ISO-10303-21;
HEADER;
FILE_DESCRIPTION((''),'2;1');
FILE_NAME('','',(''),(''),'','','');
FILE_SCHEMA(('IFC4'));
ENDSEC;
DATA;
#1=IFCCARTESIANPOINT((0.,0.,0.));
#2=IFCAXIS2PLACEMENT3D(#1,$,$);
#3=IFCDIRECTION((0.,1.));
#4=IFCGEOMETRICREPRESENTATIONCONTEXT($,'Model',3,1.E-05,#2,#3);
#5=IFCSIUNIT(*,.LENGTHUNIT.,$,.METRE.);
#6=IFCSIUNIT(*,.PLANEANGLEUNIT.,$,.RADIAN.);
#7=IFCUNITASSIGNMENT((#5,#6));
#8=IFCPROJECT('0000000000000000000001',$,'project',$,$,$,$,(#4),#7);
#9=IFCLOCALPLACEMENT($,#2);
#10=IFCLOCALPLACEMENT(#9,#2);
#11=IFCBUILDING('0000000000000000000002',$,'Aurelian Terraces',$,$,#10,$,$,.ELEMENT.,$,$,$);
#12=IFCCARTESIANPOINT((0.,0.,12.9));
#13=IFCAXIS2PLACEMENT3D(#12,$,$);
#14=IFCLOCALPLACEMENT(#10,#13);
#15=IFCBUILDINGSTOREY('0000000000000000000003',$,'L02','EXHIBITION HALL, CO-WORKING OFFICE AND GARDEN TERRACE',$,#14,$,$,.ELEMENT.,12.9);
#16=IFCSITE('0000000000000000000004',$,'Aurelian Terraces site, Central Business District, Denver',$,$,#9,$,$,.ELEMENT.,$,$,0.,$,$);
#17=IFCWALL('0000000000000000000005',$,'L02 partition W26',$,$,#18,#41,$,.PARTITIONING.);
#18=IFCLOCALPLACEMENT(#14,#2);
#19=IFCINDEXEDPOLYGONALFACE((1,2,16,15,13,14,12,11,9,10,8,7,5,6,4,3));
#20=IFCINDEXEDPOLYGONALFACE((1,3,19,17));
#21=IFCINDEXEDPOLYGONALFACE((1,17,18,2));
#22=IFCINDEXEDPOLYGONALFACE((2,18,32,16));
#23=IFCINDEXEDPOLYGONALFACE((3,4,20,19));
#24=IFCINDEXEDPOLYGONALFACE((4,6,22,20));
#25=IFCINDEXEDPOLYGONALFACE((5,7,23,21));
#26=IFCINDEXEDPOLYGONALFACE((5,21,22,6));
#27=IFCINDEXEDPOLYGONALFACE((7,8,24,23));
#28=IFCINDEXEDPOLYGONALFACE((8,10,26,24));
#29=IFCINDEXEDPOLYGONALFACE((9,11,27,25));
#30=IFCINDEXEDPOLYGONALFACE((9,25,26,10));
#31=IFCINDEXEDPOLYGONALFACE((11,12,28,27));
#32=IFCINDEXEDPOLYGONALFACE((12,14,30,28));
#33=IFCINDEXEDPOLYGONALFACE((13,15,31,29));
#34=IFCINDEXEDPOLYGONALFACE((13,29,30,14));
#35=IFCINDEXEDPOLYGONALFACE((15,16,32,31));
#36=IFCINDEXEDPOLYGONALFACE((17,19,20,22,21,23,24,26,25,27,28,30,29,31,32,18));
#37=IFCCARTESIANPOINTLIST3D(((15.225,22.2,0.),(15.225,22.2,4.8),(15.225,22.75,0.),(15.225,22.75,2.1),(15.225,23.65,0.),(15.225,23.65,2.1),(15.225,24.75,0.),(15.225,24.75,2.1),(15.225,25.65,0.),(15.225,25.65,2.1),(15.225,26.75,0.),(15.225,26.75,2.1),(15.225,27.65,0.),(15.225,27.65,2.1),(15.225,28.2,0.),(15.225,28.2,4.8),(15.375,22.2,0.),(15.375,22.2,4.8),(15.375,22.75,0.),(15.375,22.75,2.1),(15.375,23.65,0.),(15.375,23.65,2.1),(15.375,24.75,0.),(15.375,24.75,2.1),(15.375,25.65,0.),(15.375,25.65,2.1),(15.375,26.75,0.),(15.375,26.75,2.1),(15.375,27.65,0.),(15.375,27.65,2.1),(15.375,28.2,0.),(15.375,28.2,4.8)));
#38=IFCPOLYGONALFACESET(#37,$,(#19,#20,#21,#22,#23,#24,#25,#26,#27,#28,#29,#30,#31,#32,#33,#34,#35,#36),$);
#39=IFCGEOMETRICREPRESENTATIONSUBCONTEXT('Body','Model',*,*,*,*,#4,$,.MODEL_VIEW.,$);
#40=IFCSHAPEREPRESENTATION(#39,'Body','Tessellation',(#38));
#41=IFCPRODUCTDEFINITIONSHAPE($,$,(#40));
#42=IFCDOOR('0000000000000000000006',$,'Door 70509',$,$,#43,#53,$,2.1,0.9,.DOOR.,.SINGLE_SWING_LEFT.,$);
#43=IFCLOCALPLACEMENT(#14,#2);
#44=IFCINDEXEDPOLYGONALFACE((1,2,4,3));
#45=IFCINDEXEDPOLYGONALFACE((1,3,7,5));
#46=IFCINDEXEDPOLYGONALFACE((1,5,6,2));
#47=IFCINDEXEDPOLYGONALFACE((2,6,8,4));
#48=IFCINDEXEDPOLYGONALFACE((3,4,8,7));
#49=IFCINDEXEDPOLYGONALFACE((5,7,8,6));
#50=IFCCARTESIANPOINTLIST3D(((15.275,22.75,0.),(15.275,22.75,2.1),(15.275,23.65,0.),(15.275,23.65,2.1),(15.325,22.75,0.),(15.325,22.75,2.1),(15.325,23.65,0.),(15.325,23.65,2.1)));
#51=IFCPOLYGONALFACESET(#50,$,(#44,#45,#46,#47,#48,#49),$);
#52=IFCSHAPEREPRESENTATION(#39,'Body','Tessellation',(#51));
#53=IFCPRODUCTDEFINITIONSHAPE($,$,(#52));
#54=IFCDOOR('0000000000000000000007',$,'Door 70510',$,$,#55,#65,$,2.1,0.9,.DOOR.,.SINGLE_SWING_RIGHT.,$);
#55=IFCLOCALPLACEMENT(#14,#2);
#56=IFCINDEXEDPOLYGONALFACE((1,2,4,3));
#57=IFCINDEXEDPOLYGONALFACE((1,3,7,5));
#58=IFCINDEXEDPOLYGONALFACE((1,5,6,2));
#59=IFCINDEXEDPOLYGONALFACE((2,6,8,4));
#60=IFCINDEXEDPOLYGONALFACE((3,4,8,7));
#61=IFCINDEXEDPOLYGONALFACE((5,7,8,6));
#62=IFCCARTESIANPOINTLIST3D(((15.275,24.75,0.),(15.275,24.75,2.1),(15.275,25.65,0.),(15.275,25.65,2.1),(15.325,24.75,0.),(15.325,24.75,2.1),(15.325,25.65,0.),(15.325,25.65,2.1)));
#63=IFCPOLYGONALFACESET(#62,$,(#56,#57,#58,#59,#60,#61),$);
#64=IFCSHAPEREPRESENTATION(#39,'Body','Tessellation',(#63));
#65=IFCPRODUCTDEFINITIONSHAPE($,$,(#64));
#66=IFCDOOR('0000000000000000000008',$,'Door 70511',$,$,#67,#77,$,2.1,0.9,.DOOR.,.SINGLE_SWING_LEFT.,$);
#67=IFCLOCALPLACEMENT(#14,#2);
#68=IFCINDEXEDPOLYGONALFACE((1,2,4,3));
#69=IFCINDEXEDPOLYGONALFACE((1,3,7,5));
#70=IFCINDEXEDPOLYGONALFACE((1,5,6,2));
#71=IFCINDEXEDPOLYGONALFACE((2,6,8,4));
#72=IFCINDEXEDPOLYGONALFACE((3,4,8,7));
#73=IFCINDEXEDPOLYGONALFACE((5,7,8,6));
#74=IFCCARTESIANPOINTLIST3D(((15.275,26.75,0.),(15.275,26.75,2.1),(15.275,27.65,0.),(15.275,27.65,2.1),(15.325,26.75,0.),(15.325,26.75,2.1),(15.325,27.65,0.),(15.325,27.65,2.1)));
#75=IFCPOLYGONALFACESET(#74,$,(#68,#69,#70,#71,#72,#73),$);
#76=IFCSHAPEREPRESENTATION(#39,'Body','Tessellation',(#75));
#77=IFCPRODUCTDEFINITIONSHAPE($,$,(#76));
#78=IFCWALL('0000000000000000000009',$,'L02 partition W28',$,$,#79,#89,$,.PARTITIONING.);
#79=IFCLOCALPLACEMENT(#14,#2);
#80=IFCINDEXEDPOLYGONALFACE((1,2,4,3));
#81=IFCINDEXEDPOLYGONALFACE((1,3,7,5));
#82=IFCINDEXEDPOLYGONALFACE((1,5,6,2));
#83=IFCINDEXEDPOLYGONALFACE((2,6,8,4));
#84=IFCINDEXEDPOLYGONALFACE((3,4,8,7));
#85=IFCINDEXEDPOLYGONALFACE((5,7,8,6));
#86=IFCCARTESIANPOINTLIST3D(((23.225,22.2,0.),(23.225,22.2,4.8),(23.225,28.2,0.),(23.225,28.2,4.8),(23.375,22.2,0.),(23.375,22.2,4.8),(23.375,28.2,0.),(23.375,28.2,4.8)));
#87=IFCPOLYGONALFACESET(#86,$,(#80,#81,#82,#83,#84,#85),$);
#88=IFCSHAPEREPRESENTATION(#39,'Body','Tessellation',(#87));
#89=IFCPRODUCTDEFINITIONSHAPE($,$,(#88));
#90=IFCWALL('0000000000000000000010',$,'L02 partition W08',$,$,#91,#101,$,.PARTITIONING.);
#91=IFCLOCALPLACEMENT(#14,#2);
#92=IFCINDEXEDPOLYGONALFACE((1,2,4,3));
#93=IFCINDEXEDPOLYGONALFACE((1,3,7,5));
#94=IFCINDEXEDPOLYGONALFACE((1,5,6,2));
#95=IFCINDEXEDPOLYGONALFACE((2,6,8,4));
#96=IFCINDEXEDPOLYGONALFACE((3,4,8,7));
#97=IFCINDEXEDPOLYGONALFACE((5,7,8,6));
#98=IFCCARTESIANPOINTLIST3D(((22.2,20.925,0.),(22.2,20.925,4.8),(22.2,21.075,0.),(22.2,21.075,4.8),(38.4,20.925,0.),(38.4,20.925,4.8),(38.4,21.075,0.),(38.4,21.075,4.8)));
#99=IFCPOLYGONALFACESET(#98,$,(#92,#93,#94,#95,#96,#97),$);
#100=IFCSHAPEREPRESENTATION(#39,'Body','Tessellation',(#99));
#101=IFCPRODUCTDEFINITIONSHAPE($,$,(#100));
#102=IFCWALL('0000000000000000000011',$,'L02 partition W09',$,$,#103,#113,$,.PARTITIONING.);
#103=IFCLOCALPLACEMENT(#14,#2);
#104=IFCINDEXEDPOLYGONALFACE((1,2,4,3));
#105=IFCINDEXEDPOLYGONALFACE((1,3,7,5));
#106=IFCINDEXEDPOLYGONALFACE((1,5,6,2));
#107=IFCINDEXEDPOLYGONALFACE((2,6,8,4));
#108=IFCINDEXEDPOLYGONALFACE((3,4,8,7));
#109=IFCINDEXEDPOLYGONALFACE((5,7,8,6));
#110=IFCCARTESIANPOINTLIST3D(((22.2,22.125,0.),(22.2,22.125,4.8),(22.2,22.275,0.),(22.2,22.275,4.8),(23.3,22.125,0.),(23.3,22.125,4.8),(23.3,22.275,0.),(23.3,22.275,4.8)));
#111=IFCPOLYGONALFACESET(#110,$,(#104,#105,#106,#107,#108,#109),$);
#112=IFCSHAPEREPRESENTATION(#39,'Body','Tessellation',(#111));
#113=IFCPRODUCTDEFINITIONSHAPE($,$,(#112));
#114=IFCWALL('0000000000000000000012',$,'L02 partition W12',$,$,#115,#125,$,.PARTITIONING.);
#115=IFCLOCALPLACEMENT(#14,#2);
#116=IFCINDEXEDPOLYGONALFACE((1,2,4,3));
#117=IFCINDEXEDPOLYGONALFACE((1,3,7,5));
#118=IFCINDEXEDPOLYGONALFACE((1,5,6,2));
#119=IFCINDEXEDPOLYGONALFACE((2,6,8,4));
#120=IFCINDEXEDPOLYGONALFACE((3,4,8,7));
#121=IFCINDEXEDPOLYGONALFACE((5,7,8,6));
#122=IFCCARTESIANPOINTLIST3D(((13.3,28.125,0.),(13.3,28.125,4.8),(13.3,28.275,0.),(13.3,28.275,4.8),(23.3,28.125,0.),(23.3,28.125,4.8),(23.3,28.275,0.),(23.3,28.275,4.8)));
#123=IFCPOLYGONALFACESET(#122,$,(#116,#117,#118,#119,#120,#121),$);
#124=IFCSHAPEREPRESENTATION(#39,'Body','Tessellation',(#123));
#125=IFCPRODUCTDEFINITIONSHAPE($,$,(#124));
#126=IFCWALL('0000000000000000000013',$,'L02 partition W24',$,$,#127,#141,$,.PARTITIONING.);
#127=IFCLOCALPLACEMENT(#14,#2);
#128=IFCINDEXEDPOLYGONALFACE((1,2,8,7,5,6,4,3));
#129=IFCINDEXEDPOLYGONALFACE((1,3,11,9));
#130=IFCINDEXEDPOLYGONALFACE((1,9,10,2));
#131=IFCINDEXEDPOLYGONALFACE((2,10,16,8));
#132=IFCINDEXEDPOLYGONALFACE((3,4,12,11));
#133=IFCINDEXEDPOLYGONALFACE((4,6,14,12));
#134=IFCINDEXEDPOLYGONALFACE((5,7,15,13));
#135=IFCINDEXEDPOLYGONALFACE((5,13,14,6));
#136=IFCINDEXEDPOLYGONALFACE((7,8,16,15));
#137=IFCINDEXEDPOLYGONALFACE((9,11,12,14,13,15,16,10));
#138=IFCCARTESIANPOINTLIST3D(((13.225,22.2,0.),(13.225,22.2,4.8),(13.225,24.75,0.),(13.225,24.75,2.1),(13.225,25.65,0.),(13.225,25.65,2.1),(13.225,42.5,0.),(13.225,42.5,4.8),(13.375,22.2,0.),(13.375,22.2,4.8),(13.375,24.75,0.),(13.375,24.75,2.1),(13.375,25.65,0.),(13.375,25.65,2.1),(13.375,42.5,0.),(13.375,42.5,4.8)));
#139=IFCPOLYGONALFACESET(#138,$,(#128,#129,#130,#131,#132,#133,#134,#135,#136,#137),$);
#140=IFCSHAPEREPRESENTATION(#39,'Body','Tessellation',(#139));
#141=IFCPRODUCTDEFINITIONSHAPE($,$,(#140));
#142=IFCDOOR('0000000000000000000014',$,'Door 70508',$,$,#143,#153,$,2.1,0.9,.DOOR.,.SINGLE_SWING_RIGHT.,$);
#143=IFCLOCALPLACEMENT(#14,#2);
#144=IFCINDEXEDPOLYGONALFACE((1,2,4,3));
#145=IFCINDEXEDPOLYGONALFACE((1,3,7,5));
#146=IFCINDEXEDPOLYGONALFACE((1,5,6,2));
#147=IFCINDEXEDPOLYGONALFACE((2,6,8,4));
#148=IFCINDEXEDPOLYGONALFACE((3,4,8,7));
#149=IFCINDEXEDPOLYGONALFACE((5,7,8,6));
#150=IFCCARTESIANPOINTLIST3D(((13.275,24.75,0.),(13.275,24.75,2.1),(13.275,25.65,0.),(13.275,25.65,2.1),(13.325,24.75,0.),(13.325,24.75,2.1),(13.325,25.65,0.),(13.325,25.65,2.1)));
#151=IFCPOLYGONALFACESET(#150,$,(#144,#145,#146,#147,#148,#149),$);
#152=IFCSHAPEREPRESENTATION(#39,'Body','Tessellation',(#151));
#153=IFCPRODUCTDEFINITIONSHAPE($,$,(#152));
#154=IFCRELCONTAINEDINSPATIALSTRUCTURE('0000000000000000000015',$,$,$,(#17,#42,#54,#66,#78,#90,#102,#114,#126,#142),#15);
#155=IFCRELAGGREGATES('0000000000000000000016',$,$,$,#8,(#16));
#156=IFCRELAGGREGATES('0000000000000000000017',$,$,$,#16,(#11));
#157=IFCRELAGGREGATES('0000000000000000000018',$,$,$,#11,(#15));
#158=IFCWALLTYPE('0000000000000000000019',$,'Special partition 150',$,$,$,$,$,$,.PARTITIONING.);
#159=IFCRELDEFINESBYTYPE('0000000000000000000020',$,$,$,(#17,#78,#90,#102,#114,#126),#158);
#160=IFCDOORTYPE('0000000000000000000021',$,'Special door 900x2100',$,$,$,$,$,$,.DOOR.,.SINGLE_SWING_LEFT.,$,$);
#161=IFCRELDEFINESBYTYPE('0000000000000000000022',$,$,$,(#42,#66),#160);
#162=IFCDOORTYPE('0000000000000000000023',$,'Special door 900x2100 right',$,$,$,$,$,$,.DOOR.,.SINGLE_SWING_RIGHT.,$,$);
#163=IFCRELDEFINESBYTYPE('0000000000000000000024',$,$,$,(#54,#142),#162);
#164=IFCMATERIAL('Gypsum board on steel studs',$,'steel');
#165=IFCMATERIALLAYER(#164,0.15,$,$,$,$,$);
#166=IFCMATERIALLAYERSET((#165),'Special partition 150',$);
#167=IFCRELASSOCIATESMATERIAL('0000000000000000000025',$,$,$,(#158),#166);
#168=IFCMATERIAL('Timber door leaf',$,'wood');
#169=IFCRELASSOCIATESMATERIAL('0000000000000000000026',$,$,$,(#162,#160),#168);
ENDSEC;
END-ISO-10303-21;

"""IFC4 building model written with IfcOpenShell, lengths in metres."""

from ifc_helpers import new_model, si_unit, direction, frame, frame_2d, origin, place, context, subcontext, project, spatial, rectangle, extrude, source, transform, mapped, material, layer, layer_set, type_object, element, fill, save


model = new_model("IFC4")

# Units and contexts
model_context = context("Model", 3, precision=1e-05, world=origin(), true_north=direction((0.0, 1.0)))
body_context = subcontext(model_context, "Body", "Model", "MODEL_VIEW")
ifc_project = project(units=[si_unit("LENGTHUNIT", "METRE"), si_unit("PLANEANGLEUNIT", "RADIAN")], contexts=[model_context])

# Site, building, storey
site_placement = place(None, origin())
site = spatial("IfcSite", under=ifc_project, at=site_placement, Name="Aurelian Terraces site, Central Business District, Denver", CompositionType="ELEMENT", RefElevation=0.0)
building_placement = place(site_placement, origin())
building = spatial("IfcBuilding", under=site, at=building_placement, Name="Aurelian Terraces", CompositionType="ELEMENT")
storey_placement = place(building_placement, frame((0.0, 0.0, 12.9)))
storey = spatial("IfcBuildingStorey", under=building, at=storey_placement, Name="L02", Description="EXHIBITION HALL, CO-WORKING OFFICE AND GARDEN TERRACE", CompositionType="ELEMENT", Elevation=12.9)

# Shared definitions
ifc_material_1 = material(Name="Gypsum board on steel studs", Category="steel")

# Shared definitions
shared_shape_1 = source(origin(), body_context, "Body", "SweptSolid", [
    extrude(rectangle(XDim=0.9, YDim=2.1, at=frame_2d((0.45, 1.05))), frame((0.0, 0.025, 0.0), z_axis=(0.0, -1.0, 0.0), x_axis=(1.0, 0.0, 0.0)), (0.0, 0.0, 1.0), 0.05),
])

# Shared definitions
ifc_layer_1 = layer(ifc_material_1, 0.15)
ifc_layer_set_1 = layer_set([ifc_layer_1], Name="Special partition 150")
wall_type_1 = type_object("IfcWallType", Name="Special partition 150", PredefinedType="PARTITIONING", material=ifc_layer_set_1)

# Shared definitions
shared_shape_2 = source(origin(), body_context, "Body", "SweptSolid", [
    extrude(rectangle(XDim=0.9, YDim=2.1, at=frame_2d((0.45, 1.05))), frame((0.0, 0.085, 0.0), z_axis=(0.0, -1.0, 0.0), x_axis=(1.0, 0.0, 0.0)), (0.0, 0.0, 1.0), 0.17),
])
ifc_material_2 = material(Name="Timber door leaf", Category="wood")
door_type_1 = type_object("IfcDoorType", Name="Special door 900x2100 right", OperationType="SINGLE_SWING_RIGHT", PredefinedType="DOOR", material=ifc_material_2)

# Wall, openings, doors
shared_shape_3 = source(origin(), body_context, "Body", "SweptSolid", [
    extrude(rectangle(XDim=6.0, YDim=0.15, at=frame_2d((3.0, 0.0))), origin(), (0.0, 0.0, 1.0), 4.8),
])
wall_1_placement = place(storey_placement, frame((15.3, 22.2, 0.0), z_axis=(0.0, 0.0, 1.0), x_axis=(0.0, 1.0, 0.0)))
wall_1 = element("IfcWall", 1, at=wall_1_placement, inside=storey, type_object=wall_type_1, Name="L02 partition W26", PredefinedType="PARTITIONING", context=body_context, shape_type="MappedRepresentation", body=[
    mapped(shared_shape_3, transform((0.0, 0.0, 0.0), scale=1.0)),
])
opening_1_placement = place(wall_1_placement, frame((0.55, 0.0, 0.0)))
opening_1 = element("IfcOpeningElement", 2, at=opening_1_placement, cuts=wall_1, PredefinedType="OPENING", context=body_context, shape_type="MappedRepresentation", body=[
    mapped(shared_shape_2, transform((0.0, 0.0, 0.0), scale=1.0)),
])
opening_2_placement = place(wall_1_placement, frame((2.55, 0.0, 0.0)))
opening_2 = element("IfcOpeningElement", 3, at=opening_2_placement, cuts=wall_1, PredefinedType="OPENING", context=body_context, shape_type="MappedRepresentation", body=[
    mapped(shared_shape_2, transform((0.0, 0.0, 0.0), scale=1.0)),
])
opening_3_placement = place(wall_1_placement, frame((4.55, 0.0, 0.0)))
opening_3 = element("IfcOpeningElement", 4, at=opening_3_placement, cuts=wall_1, PredefinedType="OPENING", context=body_context, shape_type="MappedRepresentation", body=[
    mapped(shared_shape_2, transform((0.0, 0.0, 0.0), scale=1.0)),
])
door_type_2 = type_object("IfcDoorType", Name="Special door 900x2100", OperationType="SINGLE_SWING_LEFT", PredefinedType="DOOR", material=ifc_material_2)
door_1_placement = place(opening_1_placement, origin())
door_1 = element("IfcDoor", 5, at=door_1_placement, inside=storey, type_object=door_type_2, Name="Door 70509", OperationType="SINGLE_SWING_LEFT", OverallHeight=2.1, OverallWidth=0.9, PredefinedType="DOOR", context=body_context, shape_type="MappedRepresentation", body=[
    mapped(shared_shape_1, transform((0.0, 0.0, 0.0), scale=1.0)),
])
fill(opening_1, door_1)
door_2_placement = place(opening_2_placement, origin())
door_2 = element("IfcDoor", 6, at=door_2_placement, inside=storey, type_object=door_type_1, Name="Door 70510", OperationType="SINGLE_SWING_RIGHT", OverallHeight=2.1, OverallWidth=0.9, PredefinedType="DOOR", context=body_context, shape_type="MappedRepresentation", body=[
    mapped(shared_shape_1, transform((0.0, 0.0, 0.0), scale=1.0)),
])
fill(opening_2, door_2)
door_3_placement = place(opening_3_placement, origin())
door_3 = element("IfcDoor", 7, at=door_3_placement, inside=storey, type_object=door_type_2, Name="Door 70511", OperationType="SINGLE_SWING_LEFT", OverallHeight=2.1, OverallWidth=0.9, PredefinedType="DOOR", context=body_context, shape_type="MappedRepresentation", body=[
    mapped(shared_shape_1, transform((0.0, 0.0, 0.0), scale=1.0)),
])
fill(opening_3, door_3)

# Walls
wall_2_placement = place(storey_placement, frame((23.3, 22.2, 0.0), z_axis=(0.0, 0.0, 1.0), x_axis=(0.0, 1.0, 0.0)))
element("IfcWall", 8, at=wall_2_placement, inside=storey, type_object=wall_type_1, Name="L02 partition W28", PredefinedType="PARTITIONING", context=body_context, shape_type="MappedRepresentation", body=[
    mapped(shared_shape_3, transform((0.0, 0.0, 0.0), scale=1.0)),
])
shared_shape_4 = source(origin(), body_context, "Body", "SweptSolid", [
    extrude(rectangle(XDim=16.2, YDim=0.15, at=frame_2d((8.1, 0.0))), origin(), (0.0, 0.0, 1.0), 4.8),
])
wall_3_placement = place(storey_placement, frame((22.2, 21.0, 0.0), z_axis=(0.0, 0.0, 1.0), x_axis=(1.0, 0.0, 0.0)))
element("IfcWall", 9, at=wall_3_placement, inside=storey, type_object=wall_type_1, Name="L02 partition W08", PredefinedType="PARTITIONING", context=body_context, shape_type="MappedRepresentation", body=[
    mapped(shared_shape_4, transform((0.0, 0.0, 0.0), scale=1.0)),
])
shared_shape_5 = source(origin(), body_context, "Body", "SweptSolid", [
    extrude(rectangle(XDim=1.1, YDim=0.15, at=frame_2d((0.55, 0.0))), origin(), (0.0, 0.0, 1.0), 4.8),
])
wall_4_placement = place(storey_placement, frame((22.2, 22.2, 0.0), z_axis=(0.0, 0.0, 1.0), x_axis=(1.0, 0.0, 0.0)))
element("IfcWall", 10, at=wall_4_placement, inside=storey, type_object=wall_type_1, Name="L02 partition W09", PredefinedType="PARTITIONING", context=body_context, shape_type="MappedRepresentation", body=[
    mapped(shared_shape_5, transform((0.0, 0.0, 0.0), scale=1.0)),
])
shared_shape_6 = source(origin(), body_context, "Body", "SweptSolid", [
    extrude(rectangle(XDim=10.0, YDim=0.15, at=frame_2d((5.0, 0.0))), origin(), (0.0, 0.0, 1.0), 4.8),
])
wall_5_placement = place(storey_placement, frame((13.3, 28.2, 0.0), z_axis=(0.0, 0.0, 1.0), x_axis=(1.0, 0.0, 0.0)))
element("IfcWall", 11, at=wall_5_placement, inside=storey, type_object=wall_type_1, Name="L02 partition W12", PredefinedType="PARTITIONING", context=body_context, shape_type="MappedRepresentation", body=[
    mapped(shared_shape_6, transform((0.0, 0.0, 0.0), scale=1.0)),
])

# Wall, opening, door
shared_shape_7 = source(origin(), body_context, "Body", "SweptSolid", [
    extrude(rectangle(XDim=20.3, YDim=0.15, at=frame_2d((10.15, 0.0))), origin(), (0.0, 0.0, 1.0), 4.8),
])
wall_6_placement = place(storey_placement, frame((13.3, 22.2, 0.0), z_axis=(0.0, 0.0, 1.0), x_axis=(0.0, 1.0, 0.0)))
wall_6 = element("IfcWall", 12, at=wall_6_placement, inside=storey, type_object=wall_type_1, Name="L02 partition W24", PredefinedType="PARTITIONING", context=body_context, shape_type="MappedRepresentation", body=[
    mapped(shared_shape_7, transform((0.0, 0.0, 0.0), scale=1.0)),
])
opening_4_placement = place(wall_6_placement, frame((2.55, 0.0, 0.0)))
opening_4 = element("IfcOpeningElement", 13, at=opening_4_placement, cuts=wall_6, PredefinedType="OPENING", context=body_context, shape_type="MappedRepresentation", body=[
    mapped(shared_shape_2, transform((0.0, 0.0, 0.0), scale=1.0)),
])
door_4_placement = place(opening_4_placement, origin())
door_4 = element("IfcDoor", 14, at=door_4_placement, inside=storey, type_object=door_type_1, Name="Door 70508", OperationType="SINGLE_SWING_RIGHT", OverallHeight=2.1, OverallWidth=0.9, PredefinedType="DOOR", context=body_context, shape_type="MappedRepresentation", body=[
    mapped(shared_shape_1, transform((0.0, 0.0, 0.0), scale=1.0)),
])
fill(opening_4, door_4)

save(model, "model.ifc")
